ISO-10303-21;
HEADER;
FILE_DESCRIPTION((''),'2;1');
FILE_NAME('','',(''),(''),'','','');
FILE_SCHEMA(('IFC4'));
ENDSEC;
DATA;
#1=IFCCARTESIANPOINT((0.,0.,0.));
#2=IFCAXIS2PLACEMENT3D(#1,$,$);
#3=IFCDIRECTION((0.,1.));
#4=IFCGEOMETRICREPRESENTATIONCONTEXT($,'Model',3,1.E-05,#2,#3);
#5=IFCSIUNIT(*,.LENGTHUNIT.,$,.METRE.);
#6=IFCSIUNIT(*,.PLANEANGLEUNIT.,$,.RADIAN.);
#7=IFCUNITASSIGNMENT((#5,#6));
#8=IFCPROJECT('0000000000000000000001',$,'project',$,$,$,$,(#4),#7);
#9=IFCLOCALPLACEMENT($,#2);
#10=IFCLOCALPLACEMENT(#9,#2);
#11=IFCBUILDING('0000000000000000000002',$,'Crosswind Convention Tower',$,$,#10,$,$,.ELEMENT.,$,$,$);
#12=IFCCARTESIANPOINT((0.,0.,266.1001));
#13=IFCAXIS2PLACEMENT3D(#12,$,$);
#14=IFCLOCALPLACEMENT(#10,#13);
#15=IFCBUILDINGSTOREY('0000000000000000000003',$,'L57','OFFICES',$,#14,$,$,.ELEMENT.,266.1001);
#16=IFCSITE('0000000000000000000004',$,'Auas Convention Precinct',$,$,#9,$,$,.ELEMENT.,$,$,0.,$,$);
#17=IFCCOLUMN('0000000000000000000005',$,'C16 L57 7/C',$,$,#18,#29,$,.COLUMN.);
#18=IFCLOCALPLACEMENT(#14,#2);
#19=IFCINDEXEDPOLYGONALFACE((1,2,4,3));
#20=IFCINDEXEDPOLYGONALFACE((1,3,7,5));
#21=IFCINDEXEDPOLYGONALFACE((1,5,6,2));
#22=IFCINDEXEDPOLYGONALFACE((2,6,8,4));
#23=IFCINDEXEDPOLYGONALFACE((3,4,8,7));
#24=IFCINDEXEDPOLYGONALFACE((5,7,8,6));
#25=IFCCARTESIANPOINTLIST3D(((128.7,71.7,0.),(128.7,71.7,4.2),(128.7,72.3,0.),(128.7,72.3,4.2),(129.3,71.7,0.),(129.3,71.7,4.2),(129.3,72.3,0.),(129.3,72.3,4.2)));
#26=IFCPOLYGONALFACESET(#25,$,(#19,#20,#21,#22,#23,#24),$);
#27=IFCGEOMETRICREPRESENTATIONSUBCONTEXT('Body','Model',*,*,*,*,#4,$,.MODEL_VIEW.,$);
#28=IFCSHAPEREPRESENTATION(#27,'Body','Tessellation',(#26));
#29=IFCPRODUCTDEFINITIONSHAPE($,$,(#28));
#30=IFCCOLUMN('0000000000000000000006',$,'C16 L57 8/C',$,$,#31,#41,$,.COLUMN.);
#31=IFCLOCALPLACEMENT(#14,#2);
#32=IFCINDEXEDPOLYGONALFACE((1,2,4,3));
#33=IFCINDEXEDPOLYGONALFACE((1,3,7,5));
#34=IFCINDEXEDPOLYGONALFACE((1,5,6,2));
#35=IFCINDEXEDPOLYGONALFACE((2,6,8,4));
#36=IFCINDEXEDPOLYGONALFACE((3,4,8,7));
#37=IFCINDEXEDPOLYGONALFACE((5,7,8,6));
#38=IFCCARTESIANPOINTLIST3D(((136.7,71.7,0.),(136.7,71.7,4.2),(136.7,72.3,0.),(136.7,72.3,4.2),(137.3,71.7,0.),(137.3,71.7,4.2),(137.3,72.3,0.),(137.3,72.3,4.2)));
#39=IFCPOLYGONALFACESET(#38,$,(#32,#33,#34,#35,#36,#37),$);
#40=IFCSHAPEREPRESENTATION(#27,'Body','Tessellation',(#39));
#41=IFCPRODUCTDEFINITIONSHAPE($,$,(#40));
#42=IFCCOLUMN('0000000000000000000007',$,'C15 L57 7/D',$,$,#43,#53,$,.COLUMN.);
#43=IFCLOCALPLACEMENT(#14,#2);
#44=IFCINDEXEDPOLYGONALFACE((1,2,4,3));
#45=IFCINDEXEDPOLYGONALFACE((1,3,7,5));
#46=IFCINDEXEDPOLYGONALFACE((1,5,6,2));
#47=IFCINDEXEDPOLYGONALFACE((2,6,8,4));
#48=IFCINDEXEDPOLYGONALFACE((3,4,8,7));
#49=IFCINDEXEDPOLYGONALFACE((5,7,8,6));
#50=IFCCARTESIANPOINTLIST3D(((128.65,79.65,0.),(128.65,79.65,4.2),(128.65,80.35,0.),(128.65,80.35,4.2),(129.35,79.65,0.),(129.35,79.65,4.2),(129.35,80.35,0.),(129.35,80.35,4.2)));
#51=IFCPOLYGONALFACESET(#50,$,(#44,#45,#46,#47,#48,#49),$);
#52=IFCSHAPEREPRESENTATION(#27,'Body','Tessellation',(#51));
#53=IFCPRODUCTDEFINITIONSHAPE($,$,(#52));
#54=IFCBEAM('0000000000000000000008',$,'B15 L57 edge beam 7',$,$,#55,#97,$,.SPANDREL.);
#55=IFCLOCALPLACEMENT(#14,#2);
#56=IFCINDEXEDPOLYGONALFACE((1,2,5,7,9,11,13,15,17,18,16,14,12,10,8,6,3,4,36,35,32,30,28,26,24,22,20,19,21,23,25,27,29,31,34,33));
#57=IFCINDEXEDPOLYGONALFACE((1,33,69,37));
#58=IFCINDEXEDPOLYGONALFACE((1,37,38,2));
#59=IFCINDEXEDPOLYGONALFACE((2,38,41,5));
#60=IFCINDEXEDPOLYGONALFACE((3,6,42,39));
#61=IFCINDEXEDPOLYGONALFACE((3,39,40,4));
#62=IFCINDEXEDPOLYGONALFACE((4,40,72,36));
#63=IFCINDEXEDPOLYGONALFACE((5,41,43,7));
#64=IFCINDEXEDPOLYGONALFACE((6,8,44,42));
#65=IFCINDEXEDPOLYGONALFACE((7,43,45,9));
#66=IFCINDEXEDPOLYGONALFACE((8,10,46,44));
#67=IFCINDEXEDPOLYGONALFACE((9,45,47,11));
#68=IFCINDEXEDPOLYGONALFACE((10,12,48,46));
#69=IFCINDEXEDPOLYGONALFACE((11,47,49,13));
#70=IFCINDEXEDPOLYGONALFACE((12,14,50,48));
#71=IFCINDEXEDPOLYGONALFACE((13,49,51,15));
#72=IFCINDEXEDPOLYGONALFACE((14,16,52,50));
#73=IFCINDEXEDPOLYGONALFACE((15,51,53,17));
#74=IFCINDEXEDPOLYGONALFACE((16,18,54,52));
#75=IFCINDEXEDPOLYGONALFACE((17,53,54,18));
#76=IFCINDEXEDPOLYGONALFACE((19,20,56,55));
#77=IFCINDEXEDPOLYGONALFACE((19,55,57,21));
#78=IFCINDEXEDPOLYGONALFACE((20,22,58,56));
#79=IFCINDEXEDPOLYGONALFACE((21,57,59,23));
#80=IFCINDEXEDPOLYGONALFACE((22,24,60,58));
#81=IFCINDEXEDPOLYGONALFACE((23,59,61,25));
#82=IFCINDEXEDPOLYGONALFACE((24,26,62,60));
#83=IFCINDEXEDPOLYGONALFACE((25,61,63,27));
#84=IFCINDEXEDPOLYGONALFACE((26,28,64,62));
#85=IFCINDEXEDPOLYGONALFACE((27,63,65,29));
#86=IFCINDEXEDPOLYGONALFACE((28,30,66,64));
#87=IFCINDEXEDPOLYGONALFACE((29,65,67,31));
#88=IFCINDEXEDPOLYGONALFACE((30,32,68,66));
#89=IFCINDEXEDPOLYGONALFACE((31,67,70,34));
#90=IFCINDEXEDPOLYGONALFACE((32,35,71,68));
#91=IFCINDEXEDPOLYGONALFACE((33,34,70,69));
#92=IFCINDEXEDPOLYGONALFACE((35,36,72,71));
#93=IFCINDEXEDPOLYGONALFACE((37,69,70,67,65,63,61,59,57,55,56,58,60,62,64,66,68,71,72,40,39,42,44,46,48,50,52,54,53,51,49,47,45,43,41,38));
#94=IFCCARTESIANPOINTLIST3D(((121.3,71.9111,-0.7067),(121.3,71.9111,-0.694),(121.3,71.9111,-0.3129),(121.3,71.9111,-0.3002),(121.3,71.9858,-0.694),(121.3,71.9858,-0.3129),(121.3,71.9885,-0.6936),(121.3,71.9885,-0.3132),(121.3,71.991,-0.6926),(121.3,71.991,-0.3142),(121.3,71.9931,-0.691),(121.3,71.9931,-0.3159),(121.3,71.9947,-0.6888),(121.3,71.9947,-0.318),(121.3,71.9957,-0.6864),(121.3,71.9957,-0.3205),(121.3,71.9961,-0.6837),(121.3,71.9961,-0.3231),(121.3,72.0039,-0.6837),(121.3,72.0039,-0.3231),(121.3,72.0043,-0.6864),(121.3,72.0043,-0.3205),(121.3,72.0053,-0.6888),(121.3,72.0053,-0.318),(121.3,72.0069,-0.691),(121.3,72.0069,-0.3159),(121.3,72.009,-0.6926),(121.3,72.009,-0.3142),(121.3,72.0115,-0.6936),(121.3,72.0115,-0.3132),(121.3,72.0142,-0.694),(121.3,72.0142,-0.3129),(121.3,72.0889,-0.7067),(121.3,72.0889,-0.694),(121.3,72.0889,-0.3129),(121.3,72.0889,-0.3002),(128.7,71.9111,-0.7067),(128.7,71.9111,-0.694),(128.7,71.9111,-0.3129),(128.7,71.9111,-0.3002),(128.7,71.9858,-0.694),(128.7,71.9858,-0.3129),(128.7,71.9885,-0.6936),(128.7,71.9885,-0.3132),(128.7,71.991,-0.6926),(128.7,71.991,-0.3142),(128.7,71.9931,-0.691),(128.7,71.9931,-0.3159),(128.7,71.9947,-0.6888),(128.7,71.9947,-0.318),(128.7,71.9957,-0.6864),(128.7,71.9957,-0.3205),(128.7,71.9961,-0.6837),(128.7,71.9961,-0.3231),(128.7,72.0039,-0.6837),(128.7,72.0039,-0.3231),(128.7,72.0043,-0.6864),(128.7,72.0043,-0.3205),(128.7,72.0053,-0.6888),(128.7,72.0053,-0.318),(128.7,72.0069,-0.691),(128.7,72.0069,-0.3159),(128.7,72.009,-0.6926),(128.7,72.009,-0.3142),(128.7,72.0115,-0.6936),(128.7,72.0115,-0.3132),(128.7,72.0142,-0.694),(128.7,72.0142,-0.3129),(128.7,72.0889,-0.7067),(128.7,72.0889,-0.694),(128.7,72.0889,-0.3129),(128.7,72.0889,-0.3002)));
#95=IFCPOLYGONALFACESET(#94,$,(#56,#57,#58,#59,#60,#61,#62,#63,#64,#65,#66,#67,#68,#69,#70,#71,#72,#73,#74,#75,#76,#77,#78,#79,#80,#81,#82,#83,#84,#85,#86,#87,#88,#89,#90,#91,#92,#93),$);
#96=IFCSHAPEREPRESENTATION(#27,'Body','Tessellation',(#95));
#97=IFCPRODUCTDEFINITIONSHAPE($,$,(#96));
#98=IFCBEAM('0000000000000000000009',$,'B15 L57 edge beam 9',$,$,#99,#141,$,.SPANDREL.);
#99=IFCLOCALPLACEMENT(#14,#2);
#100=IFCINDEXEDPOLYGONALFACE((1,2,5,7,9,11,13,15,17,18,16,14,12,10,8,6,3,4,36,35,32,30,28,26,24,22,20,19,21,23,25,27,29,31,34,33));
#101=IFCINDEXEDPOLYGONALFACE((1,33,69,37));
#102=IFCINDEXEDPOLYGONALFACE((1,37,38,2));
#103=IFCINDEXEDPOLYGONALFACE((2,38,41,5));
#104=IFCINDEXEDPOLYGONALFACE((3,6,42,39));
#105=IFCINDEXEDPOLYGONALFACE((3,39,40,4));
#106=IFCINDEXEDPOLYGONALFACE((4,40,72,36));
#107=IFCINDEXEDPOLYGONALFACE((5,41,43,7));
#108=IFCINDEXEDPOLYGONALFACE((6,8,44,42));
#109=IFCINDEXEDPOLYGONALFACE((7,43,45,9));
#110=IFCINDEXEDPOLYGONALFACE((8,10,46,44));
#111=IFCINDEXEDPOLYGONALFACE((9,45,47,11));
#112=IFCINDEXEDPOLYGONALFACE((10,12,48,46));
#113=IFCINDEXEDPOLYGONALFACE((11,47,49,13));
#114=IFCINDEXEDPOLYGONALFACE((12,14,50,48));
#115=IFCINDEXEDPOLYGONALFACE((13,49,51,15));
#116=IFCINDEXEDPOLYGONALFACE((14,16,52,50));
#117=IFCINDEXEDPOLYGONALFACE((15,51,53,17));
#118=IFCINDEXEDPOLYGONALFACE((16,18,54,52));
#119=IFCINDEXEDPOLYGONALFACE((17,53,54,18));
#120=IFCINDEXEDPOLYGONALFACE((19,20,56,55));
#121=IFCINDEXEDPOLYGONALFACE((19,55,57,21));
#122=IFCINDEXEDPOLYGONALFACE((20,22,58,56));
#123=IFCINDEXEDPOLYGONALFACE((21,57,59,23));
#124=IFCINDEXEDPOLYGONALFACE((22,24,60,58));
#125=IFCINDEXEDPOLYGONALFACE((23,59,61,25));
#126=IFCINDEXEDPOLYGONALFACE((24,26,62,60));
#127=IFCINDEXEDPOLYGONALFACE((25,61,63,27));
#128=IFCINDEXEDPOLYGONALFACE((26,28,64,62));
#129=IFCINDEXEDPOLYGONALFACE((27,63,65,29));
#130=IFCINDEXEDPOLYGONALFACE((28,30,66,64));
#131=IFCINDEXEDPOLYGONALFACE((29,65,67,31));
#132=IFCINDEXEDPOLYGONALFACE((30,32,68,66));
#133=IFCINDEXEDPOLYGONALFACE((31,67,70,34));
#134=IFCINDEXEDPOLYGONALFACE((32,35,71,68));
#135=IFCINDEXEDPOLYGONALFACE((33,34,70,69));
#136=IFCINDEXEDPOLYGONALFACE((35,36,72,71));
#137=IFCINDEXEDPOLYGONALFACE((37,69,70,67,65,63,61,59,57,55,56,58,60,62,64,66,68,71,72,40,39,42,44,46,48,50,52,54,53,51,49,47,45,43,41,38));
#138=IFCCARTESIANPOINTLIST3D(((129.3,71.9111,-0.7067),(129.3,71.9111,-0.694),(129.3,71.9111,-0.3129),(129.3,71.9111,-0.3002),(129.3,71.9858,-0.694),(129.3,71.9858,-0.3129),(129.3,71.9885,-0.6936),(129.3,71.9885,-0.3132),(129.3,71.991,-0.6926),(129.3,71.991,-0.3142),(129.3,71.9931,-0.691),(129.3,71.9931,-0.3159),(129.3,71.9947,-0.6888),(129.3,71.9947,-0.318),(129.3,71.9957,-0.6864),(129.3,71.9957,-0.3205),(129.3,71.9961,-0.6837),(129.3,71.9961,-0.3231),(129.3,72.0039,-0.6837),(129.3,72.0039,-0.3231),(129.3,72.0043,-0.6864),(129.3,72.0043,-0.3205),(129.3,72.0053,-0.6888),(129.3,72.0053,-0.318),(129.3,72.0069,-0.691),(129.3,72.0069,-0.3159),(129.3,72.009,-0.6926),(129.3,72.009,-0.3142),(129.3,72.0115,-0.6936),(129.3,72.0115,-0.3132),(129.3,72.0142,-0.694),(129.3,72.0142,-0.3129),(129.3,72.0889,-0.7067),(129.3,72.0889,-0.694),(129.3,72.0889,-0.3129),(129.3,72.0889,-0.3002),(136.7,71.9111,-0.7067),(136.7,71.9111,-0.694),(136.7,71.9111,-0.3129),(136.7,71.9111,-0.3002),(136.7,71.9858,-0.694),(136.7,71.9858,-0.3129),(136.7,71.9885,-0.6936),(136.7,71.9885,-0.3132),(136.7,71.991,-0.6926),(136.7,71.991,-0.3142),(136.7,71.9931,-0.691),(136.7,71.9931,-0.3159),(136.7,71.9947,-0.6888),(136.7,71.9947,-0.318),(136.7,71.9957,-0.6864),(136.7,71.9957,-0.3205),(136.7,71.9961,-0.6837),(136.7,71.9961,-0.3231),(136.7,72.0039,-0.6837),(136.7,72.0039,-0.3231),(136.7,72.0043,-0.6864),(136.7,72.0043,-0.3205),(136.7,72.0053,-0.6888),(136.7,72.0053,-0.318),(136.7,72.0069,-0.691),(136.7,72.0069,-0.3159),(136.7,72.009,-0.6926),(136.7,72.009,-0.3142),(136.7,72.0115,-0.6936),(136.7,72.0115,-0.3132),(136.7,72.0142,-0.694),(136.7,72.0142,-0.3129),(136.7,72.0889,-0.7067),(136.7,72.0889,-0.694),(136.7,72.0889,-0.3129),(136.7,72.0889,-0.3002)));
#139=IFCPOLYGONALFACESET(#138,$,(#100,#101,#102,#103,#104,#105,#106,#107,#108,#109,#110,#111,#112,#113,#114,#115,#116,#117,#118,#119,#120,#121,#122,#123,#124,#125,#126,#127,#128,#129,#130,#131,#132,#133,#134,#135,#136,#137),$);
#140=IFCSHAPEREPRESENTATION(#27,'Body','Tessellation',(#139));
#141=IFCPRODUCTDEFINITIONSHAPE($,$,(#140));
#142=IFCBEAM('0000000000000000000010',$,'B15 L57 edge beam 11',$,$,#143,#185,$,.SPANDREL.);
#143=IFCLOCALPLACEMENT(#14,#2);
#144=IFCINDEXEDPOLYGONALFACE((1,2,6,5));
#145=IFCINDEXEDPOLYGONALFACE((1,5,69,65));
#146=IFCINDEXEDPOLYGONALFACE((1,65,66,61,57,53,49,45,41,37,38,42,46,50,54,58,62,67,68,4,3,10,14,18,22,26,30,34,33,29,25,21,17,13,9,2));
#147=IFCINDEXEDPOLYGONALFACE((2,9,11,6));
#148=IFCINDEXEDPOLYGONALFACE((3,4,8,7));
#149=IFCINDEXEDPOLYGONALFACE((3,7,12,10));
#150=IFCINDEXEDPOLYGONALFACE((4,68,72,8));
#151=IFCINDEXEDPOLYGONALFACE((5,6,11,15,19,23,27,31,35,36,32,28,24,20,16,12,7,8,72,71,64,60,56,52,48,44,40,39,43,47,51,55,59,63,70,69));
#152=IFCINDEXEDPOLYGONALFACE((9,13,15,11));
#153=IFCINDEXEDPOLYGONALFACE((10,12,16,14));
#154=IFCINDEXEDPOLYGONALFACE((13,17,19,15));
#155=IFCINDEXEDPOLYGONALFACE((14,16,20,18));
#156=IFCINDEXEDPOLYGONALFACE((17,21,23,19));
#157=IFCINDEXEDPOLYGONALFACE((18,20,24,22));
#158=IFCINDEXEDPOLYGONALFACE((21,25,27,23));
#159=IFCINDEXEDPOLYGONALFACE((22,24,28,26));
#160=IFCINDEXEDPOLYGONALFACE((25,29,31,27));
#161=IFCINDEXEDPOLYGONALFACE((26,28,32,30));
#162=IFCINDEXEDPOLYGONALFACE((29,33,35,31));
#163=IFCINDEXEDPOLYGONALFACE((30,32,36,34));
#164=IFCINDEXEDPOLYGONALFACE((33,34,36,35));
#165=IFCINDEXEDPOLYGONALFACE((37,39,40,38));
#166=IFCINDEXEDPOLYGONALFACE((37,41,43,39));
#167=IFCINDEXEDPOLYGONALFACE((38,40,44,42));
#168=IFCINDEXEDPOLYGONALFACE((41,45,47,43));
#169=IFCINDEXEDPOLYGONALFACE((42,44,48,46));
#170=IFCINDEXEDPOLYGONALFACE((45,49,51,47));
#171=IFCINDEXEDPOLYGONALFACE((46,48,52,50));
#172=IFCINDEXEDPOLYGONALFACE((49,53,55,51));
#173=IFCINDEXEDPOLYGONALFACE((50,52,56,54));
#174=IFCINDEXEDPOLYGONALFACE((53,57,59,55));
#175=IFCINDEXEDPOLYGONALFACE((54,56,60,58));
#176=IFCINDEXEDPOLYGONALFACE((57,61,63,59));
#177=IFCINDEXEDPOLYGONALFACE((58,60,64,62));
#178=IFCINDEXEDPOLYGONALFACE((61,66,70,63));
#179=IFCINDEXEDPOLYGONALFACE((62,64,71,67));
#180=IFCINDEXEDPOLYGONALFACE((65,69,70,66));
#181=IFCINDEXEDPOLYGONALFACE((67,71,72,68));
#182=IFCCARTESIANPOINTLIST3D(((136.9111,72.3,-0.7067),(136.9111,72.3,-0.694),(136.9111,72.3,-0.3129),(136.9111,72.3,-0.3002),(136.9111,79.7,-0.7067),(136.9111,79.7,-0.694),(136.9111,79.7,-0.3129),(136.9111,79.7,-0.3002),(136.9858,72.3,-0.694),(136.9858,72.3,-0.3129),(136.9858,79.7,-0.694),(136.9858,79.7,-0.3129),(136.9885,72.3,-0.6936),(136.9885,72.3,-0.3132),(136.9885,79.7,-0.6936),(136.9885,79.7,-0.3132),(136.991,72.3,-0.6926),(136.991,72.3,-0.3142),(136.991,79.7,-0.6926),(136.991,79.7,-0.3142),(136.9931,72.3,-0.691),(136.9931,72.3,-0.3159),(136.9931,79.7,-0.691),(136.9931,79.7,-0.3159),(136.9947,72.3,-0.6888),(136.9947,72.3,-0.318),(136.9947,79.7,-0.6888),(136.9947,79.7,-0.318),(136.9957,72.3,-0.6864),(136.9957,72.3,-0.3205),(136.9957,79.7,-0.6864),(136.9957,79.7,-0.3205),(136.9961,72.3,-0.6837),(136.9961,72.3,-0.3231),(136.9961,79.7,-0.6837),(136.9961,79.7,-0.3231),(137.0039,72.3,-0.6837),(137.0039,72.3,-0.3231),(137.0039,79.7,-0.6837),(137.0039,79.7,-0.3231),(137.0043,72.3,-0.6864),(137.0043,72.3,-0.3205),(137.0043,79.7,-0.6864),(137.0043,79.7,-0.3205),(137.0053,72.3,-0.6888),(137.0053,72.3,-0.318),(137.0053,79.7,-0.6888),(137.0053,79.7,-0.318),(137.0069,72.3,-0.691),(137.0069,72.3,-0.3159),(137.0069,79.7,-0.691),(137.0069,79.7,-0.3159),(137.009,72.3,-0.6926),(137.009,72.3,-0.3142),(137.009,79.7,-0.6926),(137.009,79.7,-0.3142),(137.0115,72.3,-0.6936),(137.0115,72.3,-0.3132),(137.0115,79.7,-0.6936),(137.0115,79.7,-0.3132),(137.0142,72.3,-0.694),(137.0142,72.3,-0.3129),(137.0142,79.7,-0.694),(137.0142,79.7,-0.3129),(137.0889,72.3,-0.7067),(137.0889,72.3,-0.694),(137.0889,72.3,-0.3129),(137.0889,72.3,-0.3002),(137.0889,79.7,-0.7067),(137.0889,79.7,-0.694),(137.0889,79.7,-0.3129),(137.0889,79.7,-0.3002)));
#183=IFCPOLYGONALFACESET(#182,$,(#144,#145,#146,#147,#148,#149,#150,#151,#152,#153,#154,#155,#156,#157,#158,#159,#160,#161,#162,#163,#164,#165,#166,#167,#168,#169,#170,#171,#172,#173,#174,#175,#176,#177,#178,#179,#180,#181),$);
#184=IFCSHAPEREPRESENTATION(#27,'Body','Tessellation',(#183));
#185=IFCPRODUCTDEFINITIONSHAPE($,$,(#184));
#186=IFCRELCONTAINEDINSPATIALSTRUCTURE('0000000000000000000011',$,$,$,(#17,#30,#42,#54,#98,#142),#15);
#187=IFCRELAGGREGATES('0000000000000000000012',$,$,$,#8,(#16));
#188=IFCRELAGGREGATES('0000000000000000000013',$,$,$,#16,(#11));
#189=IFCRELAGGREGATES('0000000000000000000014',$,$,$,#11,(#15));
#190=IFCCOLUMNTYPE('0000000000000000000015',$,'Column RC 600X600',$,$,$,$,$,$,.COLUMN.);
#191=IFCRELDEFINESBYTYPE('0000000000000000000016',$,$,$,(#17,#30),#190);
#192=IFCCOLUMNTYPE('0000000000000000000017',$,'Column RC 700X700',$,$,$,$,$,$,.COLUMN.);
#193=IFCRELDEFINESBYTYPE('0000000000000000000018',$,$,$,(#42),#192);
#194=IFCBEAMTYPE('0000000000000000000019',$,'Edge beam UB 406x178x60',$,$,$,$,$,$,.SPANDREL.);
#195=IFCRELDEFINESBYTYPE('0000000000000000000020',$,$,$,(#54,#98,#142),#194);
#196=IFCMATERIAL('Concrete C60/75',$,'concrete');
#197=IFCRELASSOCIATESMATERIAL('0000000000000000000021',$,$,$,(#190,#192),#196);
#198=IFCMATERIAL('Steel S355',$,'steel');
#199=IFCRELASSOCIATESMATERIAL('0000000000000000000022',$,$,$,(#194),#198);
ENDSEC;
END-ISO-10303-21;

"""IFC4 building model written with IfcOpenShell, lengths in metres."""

from ifc_helpers import new_model, si_unit, direction, frame, origin, origin_2d, place, context, subcontext, project, spatial, rectangle, i_section, extrude, material, material_profile, profile_set, type_object, element, save


model = new_model("IFC4")

# Units and contexts
model_context = context("Model", 3, precision=1e-05, world=origin(), true_north=direction((0.0, 1.0)))
body_context = subcontext(model_context, "Body", "Model", "MODEL_VIEW")
ifc_project = project(units=[si_unit("LENGTHUNIT", "METRE"), si_unit("PLANEANGLEUNIT", "RADIAN")], contexts=[model_context])

# Site, building, storey
site_placement = place(None, origin())
site = spatial("IfcSite", under=ifc_project, at=site_placement, Name="Auas Convention Precinct", CompositionType="ELEMENT", RefElevation=0.0)
building_placement = place(site_placement, origin())
building = spatial("IfcBuilding", under=site, at=building_placement, Name="Crosswind Convention Tower", CompositionType="ELEMENT")
storey_placement = place(building_placement, frame((0.0, 0.0, 266.1001)))
storey = spatial("IfcBuildingStorey", under=building, at=storey_placement, Name="L57", Description="OFFICES", CompositionType="ELEMENT", Elevation=266.1001)

# Columns
ifc_material_1 = material(Name="Concrete C60/75", Category="concrete")
ifc_material_profile_1 = material_profile(ifc_material_1, rectangle(XDim=0.6001, YDim=0.6001, at=origin_2d()), Name="RC 600X600")
ifc_profile_set_1 = profile_set([ifc_material_profile_1], Name="Concrete C60/75")
column_type_1 = type_object("IfcColumnType", Name="Column RC 600X600", PredefinedType="COLUMN", material=ifc_profile_set_1)
for number, where, z_axis, x_axis, name in (
    (1, (129.0, 72.0, 0.0), (0.0, 0.0, 1.0), (1.0, 0.0, 0.0), "C16 L57 7/C"),
    (2, (137.0, 72.0, 0.0), (0.0, 0.0, 1.0), (1.0, 0.0, 0.0), "C16 L57 8/C"),
):
    element("IfcColumn", number, at=place(storey_placement, frame(where, z_axis=z_axis, x_axis=x_axis)), inside=storey, type_object=column_type_1, Name=name, PredefinedType="COLUMN", context=body_context, shape_type="SweptSolid", body=[
        extrude(rectangle(XDim=0.6001, YDim=0.6001, at=origin_2d()), origin(), (0.0, 0.0, 1.0), 4.2),
    ])
ifc_material_profile_2 = material_profile(ifc_material_1, rectangle(XDim=0.7, YDim=0.7, at=origin_2d()), Name="RC 700X700")
ifc_profile_set_2 = profile_set([ifc_material_profile_2], Name="Concrete C60/75")
column_type_2 = type_object("IfcColumnType", Name="Column RC 700X700", PredefinedType="COLUMN", material=ifc_profile_set_2)
column_placement = place(storey_placement, frame((129.0, 80.0, 0.0), z_axis=(0.0, 0.0, 1.0), x_axis=(1.0, 0.0, 0.0)))
element("IfcColumn", 3, at=column_placement, inside=storey, type_object=column_type_2, Name="C15 L57 7/D", PredefinedType="COLUMN", context=body_context, shape_type="SweptSolid", body=[
    extrude(rectangle(XDim=0.7, YDim=0.7, at=origin_2d()), origin(), (0.0, 0.0, 1.0), 4.2),
])

# Beams
ifc_material_2 = material(Name="Steel S355", Category="steel")
ifc_material_profile_3 = material_profile(ifc_material_2, i_section(OverallWidth=0.1777, OverallDepth=0.4065, WebThickness=0.0078, FlangeThickness=0.0127, FilletRadius=0.0103, at=origin_2d()), Name="UB 406x178x60")
ifc_profile_set_3 = profile_set([ifc_material_profile_3], Name="Steel S355")
beam_type_1 = type_object("IfcBeamType", Name="Edge beam UB 406x178x60", PredefinedType="SPANDREL", material=ifc_profile_set_3)
for number, where, z_axis, x_axis, name in (
    (4, (121.3, 72.0, -0.5034), (1.0, 0.0, 0.0), (0.0, 1.0, 0.0), "B15 L57 edge beam 7"),
    (5, (129.3, 72.0, -0.5034), (1.0, 0.0, 0.0), (0.0, 1.0, 0.0), "B15 L57 edge beam 9"),
    (6, (137.0, 72.3, -0.5034), (0.0, 1.0, 0.0), (-1.0, 0.0, 0.0), "B15 L57 edge beam 11"),
):
    element("IfcBeam", number, at=place(storey_placement, frame(where, z_axis=z_axis, x_axis=x_axis)), inside=storey, type_object=beam_type_1, Name=name, PredefinedType="SPANDREL", context=body_context, shape_type="SweptSolid", body=[
        extrude(i_section(OverallWidth=0.1777, OverallDepth=0.4065, WebThickness=0.0078, FlangeThickness=0.0127, FilletRadius=0.0103, at=origin_2d()), origin(), (0.0, 0.0, 1.0), 7.3999),
    ])

save(model, "model.ifc")
